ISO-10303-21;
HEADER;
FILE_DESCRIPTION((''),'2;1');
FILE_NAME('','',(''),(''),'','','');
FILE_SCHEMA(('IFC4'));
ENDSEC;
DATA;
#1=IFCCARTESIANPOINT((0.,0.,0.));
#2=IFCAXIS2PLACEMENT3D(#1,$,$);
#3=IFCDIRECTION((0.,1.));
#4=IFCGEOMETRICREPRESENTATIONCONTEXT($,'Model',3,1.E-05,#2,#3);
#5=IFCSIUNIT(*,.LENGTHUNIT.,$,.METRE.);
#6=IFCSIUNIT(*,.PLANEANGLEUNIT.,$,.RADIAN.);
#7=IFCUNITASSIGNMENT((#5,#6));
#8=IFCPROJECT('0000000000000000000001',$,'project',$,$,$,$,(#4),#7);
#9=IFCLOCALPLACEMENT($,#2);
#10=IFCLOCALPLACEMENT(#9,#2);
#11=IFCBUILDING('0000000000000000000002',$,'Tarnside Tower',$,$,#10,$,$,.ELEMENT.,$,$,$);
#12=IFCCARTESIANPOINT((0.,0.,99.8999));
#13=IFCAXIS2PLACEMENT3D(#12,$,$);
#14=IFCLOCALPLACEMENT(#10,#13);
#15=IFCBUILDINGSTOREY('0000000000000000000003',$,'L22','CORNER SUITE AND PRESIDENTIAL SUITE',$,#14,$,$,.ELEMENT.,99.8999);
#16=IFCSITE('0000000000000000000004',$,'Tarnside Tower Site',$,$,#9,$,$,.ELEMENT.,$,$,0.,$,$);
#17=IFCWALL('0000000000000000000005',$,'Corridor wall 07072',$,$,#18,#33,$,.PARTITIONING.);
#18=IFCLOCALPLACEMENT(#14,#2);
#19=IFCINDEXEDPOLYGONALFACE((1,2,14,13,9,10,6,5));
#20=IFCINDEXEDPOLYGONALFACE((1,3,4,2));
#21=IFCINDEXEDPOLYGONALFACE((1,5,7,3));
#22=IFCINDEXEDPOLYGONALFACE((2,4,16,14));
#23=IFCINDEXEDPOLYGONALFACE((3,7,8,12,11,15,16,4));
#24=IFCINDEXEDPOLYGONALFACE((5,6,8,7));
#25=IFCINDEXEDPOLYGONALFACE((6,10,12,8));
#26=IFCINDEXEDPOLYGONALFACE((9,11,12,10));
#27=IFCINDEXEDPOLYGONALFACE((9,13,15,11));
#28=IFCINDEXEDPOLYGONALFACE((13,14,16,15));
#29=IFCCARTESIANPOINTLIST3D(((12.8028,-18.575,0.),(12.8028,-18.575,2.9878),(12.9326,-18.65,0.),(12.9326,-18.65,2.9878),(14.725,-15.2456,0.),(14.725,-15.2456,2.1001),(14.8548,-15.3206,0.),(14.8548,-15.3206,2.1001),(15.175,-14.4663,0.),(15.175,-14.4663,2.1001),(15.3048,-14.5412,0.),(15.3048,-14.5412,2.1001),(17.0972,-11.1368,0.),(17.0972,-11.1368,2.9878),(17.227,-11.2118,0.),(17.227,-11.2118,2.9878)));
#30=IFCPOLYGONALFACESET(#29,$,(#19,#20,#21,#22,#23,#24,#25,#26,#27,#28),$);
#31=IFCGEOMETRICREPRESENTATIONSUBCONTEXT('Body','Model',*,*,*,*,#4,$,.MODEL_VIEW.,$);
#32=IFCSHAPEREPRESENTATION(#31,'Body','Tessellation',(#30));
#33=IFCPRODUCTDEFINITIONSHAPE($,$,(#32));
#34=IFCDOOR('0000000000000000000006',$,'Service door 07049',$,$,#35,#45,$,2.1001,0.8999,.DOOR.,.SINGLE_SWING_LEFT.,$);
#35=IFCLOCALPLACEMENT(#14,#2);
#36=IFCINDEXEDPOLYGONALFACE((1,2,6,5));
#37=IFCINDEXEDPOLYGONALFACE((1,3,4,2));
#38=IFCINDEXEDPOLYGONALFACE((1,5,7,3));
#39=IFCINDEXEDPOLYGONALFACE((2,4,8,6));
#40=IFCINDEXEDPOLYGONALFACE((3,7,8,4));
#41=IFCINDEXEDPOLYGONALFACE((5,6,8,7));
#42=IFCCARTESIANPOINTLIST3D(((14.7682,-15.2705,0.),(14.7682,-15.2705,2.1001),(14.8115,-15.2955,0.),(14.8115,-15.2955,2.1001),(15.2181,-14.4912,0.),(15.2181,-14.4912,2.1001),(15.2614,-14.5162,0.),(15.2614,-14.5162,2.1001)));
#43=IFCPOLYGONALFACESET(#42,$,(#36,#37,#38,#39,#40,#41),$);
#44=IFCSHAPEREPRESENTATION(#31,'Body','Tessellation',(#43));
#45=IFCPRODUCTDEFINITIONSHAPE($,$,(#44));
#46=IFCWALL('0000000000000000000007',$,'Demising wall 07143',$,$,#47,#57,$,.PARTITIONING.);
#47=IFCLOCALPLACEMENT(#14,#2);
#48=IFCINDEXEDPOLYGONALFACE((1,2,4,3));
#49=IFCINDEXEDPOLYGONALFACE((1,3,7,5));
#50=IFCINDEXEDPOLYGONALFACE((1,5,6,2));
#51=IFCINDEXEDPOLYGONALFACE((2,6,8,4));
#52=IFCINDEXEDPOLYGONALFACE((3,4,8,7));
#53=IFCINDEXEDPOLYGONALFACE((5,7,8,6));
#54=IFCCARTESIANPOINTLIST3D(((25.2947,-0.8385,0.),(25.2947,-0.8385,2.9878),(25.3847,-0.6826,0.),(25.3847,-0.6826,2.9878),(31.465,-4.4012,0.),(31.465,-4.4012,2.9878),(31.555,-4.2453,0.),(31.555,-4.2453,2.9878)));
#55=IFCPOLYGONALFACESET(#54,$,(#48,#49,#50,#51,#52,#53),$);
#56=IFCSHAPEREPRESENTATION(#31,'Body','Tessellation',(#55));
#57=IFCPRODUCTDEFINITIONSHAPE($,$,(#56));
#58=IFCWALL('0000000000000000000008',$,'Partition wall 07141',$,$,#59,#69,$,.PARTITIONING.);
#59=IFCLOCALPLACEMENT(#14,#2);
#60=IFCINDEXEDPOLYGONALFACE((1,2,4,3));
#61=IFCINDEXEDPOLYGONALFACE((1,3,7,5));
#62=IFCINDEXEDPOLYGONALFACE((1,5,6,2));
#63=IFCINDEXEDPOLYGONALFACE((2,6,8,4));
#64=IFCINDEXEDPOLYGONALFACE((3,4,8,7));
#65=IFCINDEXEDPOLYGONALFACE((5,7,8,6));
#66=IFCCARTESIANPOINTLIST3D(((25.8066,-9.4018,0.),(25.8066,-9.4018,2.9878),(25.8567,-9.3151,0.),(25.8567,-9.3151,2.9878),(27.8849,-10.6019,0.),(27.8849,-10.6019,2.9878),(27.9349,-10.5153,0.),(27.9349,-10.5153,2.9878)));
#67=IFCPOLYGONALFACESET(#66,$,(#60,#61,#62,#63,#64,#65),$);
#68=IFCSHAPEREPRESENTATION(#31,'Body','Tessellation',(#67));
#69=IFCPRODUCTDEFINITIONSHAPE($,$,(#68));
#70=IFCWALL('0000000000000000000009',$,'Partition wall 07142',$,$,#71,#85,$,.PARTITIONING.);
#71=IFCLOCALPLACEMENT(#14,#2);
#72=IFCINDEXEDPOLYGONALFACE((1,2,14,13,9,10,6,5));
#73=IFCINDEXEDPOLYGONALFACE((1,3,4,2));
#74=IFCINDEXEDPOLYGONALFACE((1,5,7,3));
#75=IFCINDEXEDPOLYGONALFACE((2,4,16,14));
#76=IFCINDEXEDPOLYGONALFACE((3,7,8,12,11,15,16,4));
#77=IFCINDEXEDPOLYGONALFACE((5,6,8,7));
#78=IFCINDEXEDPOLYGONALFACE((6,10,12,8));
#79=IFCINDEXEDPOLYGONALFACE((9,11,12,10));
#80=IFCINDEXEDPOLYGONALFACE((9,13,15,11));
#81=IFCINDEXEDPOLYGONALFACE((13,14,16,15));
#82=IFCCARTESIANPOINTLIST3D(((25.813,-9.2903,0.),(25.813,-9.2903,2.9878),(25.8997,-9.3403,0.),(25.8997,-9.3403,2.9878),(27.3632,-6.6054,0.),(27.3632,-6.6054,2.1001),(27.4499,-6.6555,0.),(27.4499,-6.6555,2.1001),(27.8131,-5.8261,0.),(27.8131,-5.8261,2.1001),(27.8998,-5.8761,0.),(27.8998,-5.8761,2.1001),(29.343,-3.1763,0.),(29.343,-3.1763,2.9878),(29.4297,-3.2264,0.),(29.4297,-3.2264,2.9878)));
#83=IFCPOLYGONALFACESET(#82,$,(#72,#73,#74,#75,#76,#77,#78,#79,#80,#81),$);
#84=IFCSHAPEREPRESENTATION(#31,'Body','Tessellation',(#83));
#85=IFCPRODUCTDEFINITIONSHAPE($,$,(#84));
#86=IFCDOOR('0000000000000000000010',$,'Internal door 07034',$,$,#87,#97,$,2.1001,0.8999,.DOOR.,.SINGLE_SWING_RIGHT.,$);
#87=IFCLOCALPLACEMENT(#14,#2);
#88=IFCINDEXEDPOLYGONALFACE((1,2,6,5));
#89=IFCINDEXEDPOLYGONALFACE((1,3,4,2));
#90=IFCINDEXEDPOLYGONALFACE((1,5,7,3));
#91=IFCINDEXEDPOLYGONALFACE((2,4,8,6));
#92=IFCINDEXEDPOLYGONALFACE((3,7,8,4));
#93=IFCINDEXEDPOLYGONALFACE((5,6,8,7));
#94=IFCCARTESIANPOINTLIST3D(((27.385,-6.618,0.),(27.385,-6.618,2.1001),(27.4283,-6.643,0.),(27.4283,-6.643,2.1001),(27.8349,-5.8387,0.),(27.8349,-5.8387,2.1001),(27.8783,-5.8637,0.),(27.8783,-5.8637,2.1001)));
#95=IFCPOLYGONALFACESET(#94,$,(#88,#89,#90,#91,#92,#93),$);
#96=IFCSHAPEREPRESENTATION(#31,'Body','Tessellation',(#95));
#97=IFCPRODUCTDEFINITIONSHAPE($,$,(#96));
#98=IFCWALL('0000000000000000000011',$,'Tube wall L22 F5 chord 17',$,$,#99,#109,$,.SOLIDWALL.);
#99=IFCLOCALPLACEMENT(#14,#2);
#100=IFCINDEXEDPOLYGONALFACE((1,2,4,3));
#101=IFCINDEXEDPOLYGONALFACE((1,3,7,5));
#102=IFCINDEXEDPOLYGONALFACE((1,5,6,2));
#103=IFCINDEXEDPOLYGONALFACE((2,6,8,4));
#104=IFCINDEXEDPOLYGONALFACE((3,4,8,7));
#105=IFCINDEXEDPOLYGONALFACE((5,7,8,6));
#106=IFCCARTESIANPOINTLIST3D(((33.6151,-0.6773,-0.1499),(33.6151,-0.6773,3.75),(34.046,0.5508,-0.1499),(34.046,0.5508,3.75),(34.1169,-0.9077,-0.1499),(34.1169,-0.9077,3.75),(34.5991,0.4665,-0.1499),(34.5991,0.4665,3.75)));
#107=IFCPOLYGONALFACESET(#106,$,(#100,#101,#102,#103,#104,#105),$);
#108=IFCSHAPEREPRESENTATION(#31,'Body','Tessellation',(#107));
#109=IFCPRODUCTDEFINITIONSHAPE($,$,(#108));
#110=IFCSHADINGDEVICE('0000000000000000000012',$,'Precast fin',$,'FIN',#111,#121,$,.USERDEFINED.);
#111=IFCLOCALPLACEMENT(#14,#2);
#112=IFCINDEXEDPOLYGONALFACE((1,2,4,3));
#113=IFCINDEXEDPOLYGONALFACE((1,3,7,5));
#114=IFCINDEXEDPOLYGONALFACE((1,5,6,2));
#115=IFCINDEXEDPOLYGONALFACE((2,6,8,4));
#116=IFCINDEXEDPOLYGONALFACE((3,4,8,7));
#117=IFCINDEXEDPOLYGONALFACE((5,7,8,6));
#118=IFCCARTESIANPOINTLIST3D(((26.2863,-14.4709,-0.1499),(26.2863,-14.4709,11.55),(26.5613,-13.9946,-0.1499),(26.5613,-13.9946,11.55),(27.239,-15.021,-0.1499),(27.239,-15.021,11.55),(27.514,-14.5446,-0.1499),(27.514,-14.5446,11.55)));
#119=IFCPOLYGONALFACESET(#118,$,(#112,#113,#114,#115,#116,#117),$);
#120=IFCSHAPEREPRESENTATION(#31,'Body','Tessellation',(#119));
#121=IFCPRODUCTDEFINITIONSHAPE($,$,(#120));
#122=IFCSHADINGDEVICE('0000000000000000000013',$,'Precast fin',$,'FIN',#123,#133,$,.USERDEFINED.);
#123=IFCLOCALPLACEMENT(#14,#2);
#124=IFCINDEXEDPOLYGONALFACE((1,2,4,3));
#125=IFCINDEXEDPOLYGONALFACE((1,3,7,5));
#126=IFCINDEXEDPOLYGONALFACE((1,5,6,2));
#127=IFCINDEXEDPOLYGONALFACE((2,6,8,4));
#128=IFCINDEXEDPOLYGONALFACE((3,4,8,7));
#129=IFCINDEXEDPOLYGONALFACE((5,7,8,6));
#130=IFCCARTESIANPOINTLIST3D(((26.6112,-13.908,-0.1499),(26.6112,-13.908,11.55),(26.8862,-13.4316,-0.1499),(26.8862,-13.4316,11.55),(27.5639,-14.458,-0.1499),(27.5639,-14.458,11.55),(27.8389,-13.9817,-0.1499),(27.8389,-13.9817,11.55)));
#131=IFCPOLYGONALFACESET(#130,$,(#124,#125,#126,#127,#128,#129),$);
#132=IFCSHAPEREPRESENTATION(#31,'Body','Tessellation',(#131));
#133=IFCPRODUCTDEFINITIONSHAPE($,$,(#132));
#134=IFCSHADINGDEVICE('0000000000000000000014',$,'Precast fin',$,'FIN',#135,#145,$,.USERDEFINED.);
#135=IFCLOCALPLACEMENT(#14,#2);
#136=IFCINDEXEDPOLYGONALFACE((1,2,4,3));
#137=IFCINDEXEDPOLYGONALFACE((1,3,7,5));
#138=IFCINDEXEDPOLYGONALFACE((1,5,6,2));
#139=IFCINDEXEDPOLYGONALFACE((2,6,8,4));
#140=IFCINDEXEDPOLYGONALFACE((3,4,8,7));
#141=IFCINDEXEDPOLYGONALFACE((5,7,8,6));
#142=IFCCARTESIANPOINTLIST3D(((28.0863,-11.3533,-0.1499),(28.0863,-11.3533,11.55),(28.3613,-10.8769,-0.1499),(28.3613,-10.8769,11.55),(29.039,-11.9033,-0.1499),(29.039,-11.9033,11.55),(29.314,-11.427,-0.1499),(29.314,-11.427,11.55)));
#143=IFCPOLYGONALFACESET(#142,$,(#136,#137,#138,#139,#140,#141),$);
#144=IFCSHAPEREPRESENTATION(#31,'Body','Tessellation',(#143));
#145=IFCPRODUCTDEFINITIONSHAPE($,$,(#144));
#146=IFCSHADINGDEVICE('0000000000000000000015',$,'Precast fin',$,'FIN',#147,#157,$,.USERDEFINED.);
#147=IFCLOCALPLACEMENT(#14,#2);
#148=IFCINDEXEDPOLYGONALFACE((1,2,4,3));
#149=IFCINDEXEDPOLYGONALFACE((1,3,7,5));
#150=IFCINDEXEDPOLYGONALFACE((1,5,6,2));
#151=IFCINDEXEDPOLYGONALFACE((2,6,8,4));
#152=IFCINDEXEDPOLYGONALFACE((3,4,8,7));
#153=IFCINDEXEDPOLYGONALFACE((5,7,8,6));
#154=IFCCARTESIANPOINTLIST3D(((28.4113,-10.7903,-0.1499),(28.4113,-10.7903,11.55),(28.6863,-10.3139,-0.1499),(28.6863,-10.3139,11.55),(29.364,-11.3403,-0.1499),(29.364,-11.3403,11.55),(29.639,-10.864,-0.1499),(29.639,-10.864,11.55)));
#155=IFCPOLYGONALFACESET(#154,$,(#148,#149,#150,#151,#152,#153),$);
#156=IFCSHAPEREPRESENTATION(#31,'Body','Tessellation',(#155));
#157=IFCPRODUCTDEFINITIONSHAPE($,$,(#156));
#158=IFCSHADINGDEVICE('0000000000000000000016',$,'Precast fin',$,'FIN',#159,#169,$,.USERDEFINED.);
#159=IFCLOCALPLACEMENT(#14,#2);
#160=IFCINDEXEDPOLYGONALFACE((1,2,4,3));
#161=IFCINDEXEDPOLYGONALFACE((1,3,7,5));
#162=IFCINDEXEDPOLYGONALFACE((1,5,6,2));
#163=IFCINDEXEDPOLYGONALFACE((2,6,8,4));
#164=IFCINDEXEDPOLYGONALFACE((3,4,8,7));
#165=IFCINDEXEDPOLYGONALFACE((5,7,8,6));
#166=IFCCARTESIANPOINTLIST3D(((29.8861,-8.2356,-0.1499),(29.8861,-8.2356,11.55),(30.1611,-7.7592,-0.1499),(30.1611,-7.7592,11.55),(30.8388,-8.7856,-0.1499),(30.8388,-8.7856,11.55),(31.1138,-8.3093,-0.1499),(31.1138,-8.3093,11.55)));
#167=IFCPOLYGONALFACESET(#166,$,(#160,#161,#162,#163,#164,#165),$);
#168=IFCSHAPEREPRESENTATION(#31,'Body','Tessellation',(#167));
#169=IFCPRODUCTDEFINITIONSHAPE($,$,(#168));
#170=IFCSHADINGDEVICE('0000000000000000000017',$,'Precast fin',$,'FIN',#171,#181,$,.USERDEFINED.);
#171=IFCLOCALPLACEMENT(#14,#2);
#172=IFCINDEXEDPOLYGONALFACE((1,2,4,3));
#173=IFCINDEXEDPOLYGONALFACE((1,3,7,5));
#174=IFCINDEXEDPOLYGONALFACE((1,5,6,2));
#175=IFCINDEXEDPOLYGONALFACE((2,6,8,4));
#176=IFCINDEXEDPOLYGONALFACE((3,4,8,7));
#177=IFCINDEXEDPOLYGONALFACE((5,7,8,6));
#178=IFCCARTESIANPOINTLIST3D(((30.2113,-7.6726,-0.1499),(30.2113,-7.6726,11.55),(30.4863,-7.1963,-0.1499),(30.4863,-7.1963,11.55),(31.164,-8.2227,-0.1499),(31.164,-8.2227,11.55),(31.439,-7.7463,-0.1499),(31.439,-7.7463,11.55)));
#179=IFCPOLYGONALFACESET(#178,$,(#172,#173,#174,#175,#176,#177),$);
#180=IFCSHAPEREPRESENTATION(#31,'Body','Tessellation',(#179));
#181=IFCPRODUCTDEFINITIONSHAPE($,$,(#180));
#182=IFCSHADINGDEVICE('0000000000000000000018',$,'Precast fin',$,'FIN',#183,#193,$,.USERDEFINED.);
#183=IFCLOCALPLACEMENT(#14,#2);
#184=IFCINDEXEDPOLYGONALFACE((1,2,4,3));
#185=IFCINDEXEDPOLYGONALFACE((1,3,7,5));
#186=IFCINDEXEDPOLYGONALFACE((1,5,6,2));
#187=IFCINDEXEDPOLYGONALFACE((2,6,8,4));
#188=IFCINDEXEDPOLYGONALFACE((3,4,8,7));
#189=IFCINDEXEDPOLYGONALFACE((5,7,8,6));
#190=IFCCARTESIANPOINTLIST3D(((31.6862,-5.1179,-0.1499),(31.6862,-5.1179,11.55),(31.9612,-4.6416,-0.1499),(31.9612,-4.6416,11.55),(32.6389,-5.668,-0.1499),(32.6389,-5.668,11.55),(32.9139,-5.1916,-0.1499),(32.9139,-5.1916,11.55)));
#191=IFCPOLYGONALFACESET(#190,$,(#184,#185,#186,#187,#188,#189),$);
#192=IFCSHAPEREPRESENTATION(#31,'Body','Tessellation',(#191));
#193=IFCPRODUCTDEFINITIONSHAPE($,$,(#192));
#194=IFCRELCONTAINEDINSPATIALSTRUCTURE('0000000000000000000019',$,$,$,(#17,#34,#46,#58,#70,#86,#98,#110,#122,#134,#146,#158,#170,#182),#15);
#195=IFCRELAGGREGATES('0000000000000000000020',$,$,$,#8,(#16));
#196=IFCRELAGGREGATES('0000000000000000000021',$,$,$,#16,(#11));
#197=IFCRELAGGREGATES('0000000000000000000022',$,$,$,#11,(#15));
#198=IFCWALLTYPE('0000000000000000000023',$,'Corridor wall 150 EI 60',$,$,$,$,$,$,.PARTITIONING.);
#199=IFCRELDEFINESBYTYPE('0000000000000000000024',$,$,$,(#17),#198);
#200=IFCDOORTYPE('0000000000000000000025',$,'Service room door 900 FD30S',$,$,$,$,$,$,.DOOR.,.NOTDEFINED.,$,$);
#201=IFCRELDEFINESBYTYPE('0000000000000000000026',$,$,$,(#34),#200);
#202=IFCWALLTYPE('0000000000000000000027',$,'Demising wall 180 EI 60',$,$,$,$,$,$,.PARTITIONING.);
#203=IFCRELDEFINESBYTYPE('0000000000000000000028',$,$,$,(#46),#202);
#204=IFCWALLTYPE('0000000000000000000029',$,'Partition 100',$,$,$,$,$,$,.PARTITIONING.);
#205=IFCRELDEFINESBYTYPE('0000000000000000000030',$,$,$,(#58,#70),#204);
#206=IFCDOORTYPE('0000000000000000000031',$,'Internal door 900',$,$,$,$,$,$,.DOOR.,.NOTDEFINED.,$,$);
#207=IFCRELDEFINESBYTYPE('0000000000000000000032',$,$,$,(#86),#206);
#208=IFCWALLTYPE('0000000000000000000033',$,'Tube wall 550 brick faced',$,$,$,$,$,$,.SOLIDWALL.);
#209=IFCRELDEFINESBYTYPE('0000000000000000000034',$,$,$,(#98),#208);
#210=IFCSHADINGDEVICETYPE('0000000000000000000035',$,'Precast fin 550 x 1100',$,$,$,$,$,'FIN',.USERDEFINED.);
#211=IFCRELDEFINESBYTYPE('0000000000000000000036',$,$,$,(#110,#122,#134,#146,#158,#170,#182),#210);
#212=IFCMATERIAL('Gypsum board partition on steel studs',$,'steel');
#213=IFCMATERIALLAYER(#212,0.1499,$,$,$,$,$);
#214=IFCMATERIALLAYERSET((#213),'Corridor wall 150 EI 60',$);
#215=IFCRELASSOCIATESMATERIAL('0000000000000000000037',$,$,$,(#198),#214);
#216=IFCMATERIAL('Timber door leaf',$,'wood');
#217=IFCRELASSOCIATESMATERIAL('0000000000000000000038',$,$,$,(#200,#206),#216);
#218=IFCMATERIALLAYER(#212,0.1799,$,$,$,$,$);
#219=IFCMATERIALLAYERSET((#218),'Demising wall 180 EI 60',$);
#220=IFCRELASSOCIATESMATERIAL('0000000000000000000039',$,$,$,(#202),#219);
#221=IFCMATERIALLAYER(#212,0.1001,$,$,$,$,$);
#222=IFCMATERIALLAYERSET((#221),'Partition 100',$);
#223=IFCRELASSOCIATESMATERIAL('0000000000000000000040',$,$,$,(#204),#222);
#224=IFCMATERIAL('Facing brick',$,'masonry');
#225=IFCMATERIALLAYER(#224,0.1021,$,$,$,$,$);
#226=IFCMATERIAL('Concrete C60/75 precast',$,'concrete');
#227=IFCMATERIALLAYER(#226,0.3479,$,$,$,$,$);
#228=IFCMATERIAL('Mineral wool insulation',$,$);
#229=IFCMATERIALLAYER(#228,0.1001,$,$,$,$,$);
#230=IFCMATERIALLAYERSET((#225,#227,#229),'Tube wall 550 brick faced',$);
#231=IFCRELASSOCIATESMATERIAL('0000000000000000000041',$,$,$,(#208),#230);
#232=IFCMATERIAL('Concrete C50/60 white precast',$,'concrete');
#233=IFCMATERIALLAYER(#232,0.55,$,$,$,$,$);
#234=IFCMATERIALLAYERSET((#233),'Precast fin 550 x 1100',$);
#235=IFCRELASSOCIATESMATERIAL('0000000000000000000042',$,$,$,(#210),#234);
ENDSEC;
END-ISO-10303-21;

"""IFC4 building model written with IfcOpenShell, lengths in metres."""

from ifc_helpers import new_model, si_unit, direction, frame, frame_2d, origin, place, context, subcontext, project, spatial, polyline, rectangle, outline, extrude, material, layer, layer_set, type_object, element, fill, save


model = new_model("IFC4")

# Units and contexts
model_context = context("Model", 3, precision=1e-05, world=origin(), true_north=direction((0.0, 1.0)))
body_context = subcontext(model_context, "Body", "Model", "MODEL_VIEW")
ifc_project = project(units=[si_unit("LENGTHUNIT", "METRE"), si_unit("PLANEANGLEUNIT", "RADIAN")], contexts=[model_context])

# Site, building, storey
site_placement = place(None, origin())
site = spatial("IfcSite", under=ifc_project, at=site_placement, Name="Tarnside Tower Site", CompositionType="ELEMENT", RefElevation=0.0)
building_placement = place(site_placement, origin())
building = spatial("IfcBuilding", under=site, at=building_placement, Name="Tarnside Tower", CompositionType="ELEMENT")
storey_placement = place(building_placement, frame((0.0, 0.0, 99.8999)))
storey = spatial("IfcBuildingStorey", under=building, at=storey_placement, Name="L22", Description="CORNER SUITE AND PRESIDENTIAL SUITE", CompositionType="ELEMENT", Elevation=99.8999)

# Shared definitions
ifc_material_1 = material(Name="Gypsum board partition on steel studs", Category="steel")
ifc_material_2 = material(Name="Timber door leaf", Category="wood")

# Shared definitions
ifc_layer_1 = layer(ifc_material_1, 0.1499)
ifc_layer_set_1 = layer_set([ifc_layer_1], Name="Corridor wall 150 EI 60")
wall_type_1 = type_object("IfcWallType", Name="Corridor wall 150 EI 60", PredefinedType="PARTITIONING", material=ifc_layer_set_1)

# Wall, opening, door
wall_1_placement = place(storey_placement, frame((17.1621, -11.1743, 0.0), z_axis=(0.0, 0.0, 1.0), x_axis=(-0.499997, -0.866027, 0.0)))
wall_1 = element("IfcWall", 1, at=wall_1_placement, inside=storey, type_object=wall_type_1, Name="Corridor wall 07072", PredefinedType="PARTITIONING", context=body_context, shape_type="SweptSolid", body=[
    extrude(rectangle(XDim=8.5889, YDim=0.1499, at=frame_2d((4.2944, 0.0))), origin(), (0.0, 0.0, 1.0), 2.9878),
])
opening_1_placement = place(wall_1_placement, frame((3.8445, 0.0, 0.0)))
opening_1 = element("IfcOpeningElement", 2, at=opening_1_placement, cuts=wall_1, PredefinedType="OPENING", context=body_context, shape_type="SweptSolid", body=[
    extrude(rectangle(XDim=0.8999, YDim=2.1001, at=frame_2d((0.45, 1.05))), frame((0.0, 0.085, 0.0), z_axis=(0.0, -1.0, 0.0), x_axis=(1.0, 0.0, 0.0)), (0.0, 0.0, 1.0), 0.1699),
])
door_type_1 = type_object("IfcDoorType", Name="Service room door 900 FD30S", OperationType="NOTDEFINED", PredefinedType="DOOR", material=ifc_material_2)
door_1_placement = place(opening_1_placement, origin())
door_1 = element("IfcDoor", 3, at=door_1_placement, inside=storey, type_object=door_type_1, Name="Service door 07049", OperationType="SINGLE_SWING_LEFT", OverallHeight=2.1001, OverallWidth=0.8999, PredefinedType="DOOR", context=body_context, shape_type="SweptSolid", body=[
    extrude(rectangle(XDim=0.8999, YDim=2.1001, at=frame_2d((0.45, 1.05))), frame((0.0, 0.0249, 0.0), z_axis=(0.0, -1.0, 0.0), x_axis=(1.0, 0.0, 0.0)), (0.0, 0.0, 1.0), 0.05),
])
fill(opening_1, door_1)

# Walls
ifc_layer_2 = layer(ifc_material_1, 0.1799)
ifc_layer_set_2 = layer_set([ifc_layer_2], Name="Demising wall 180 EI 60")
wall_type_2 = type_object("IfcWallType", Name="Demising wall 180 EI 60", PredefinedType="PARTITIONING", material=ifc_layer_set_2)
wall_2_placement = place(storey_placement, frame((31.51, -4.3232, 0.0), z_axis=(0.0, 0.0, 1.0), x_axis=(-0.86601, 0.500027, 0.0)))
element("IfcWall", 4, at=wall_2_placement, inside=storey, type_object=wall_type_2, Name="Demising wall 07143", PredefinedType="PARTITIONING", context=body_context, shape_type="SweptSolid", body=[
    extrude(rectangle(XDim=7.125, YDim=0.1799, at=frame_2d((3.5625, 0.0))), origin(), (0.0, 0.0, 1.0), 2.9878),
])
ifc_layer_3 = layer(ifc_material_1, 0.1001)
ifc_layer_set_3 = layer_set([ifc_layer_3], Name="Partition 100")
wall_type_3 = type_object("IfcWallType", Name="Partition 100", PredefinedType="PARTITIONING", material=ifc_layer_set_3)
wall_3_placement = place(storey_placement, frame((27.9099, -10.5586, 0.0), z_axis=(0.0, 0.0, 1.0), x_axis=(-0.865981, 0.500078, 0.0)))
element("IfcWall", 5, at=wall_3_placement, inside=storey, type_object=wall_type_3, Name="Partition wall 07141", PredefinedType="PARTITIONING", context=body_context, shape_type="SweptSolid", body=[
    extrude(rectangle(XDim=2.3999, YDim=0.1001, at=frame_2d((1.2, 0.0))), origin(), (0.0, 0.0, 1.0), 2.9878),
])

# Wall, opening, door
wall_4_placement = place(storey_placement, frame((25.8564, -9.3152, 0.0), z_axis=(0.0, 0.0, 1.0), x_axis=(0.500011, 0.866019, 0.0)))
wall_4 = element("IfcWall", 6, at=wall_4_placement, inside=storey, type_object=wall_type_3, Name="Partition wall 07142", PredefinedType="PARTITIONING", context=body_context, shape_type="SweptSolid", body=[
    extrude(rectangle(XDim=7.0598, YDim=0.1001, at=frame_2d((3.5298, 0.0))), origin(), (0.0, 0.0, 1.0), 2.9878),
])
opening_2_placement = place(wall_4_placement, frame((3.1001, 0.0, 0.0)))
opening_2 = element("IfcOpeningElement", 7, at=opening_2_placement, cuts=wall_4, PredefinedType="OPENING", context=body_context, shape_type="SweptSolid", body=[
    extrude(rectangle(XDim=0.8999, YDim=2.1001, at=frame_2d((0.45, 1.05))), frame((0.0, 0.0601, 0.0), z_axis=(0.0, -1.0, 0.0), x_axis=(1.0, 0.0, 0.0)), (0.0, 0.0, 1.0), 0.1201),
])
door_type_2 = type_object("IfcDoorType", Name="Internal door 900", OperationType="NOTDEFINED", PredefinedType="DOOR", material=ifc_material_2)
door_2_placement = place(opening_2_placement, origin())
door_2 = element("IfcDoor", 8, at=door_2_placement, inside=storey, type_object=door_type_2, Name="Internal door 07034", OperationType="SINGLE_SWING_RIGHT", OverallHeight=2.1001, OverallWidth=0.8999, PredefinedType="DOOR", context=body_context, shape_type="SweptSolid", body=[
    extrude(rectangle(XDim=0.8999, YDim=2.1001, at=frame_2d((0.45, 1.05))), frame((0.0, 0.0249, 0.0), z_axis=(0.0, -1.0, 0.0), x_axis=(1.0, 0.0, 0.0)), (0.0, 0.0, 1.0), 0.05),
])
fill(opening_2, door_2)

# Wall
ifc_material_3 = material(Name="Facing brick", Category="masonry")
ifc_layer_4 = layer(ifc_material_3, 0.1021)
ifc_material_4 = material(Name="Concrete C60/75 precast", Category="concrete")
ifc_layer_5 = layer(ifc_material_4, 0.3479)
ifc_material_5 = material(Name="Mineral wool insulation")
ifc_layer_6 = layer(ifc_material_5, 0.1001)
ifc_layer_set_4 = layer_set([ifc_layer_4, ifc_layer_5, ifc_layer_6], Name="Tube wall 550 brick faced")
wall_type_4 = type_object("IfcWallType", Name="Tube wall 550 brick faced", PredefinedType="SOLIDWALL", material=ifc_layer_set_4)
wall_5_placement = place(storey_placement, frame((33.866, -0.7925, -0.1499), z_axis=(0.0, 0.0, 1.0), x_axis=(0.331115, 0.94359, 0.0)))
element("IfcWall", 9, at=wall_5_placement, inside=storey, type_object=wall_type_4, Name="Tube wall L22 F5 chord 17", PredefinedType="SOLIDWALL", context=body_context, shape_type="SweptSolid", body=[
    extrude(outline(polyline([(-0.0256, -0.2749), (1.4307, -0.2749), (1.3271, 0.2749), (0.0256, 0.2749), (-0.0256, -0.2749)])), origin(), (0.0, 0.0, 1.0), 3.8999),
])

# Shading devices
ifc_material_6 = material(Name="Concrete C50/60 white precast", Category="concrete")
ifc_layer_7 = layer(ifc_material_6, 0.55)
ifc_layer_set_5 = layer_set([ifc_layer_7], Name="Precast fin 550 x 1100")
shading_device_type_1 = type_object("IfcShadingDeviceType", Name="Precast fin 550 x 1100", ElementType="FIN", PredefinedType="USERDEFINED", material=ifc_layer_set_5)
for number, where, z_axis, x_axis, name in (
    (10, (26.4238, -14.2327, -0.1499), (-0.5, -0.866025, 0.0), (0.866025, -0.5, 0.0), "Precast fin"),
    (11, (26.7488, -13.6697, -0.1499), (-0.5, -0.866025, 0.0), (0.866025, -0.5, 0.0), "Precast fin"),
    (12, (28.2239, -11.115, -0.1499), (-0.5, -0.866025, 0.0), (0.866025, -0.5, 0.0), "Precast fin"),
    (13, (28.5488, -10.552, -0.1499), (-0.5, -0.866025, 0.0), (0.866025, -0.5, 0.0), "Precast fin"),
    (14, (30.0237, -7.9973, -0.1499), (-0.5, -0.866025, 0.0), (0.866025, -0.5, 0.0), "Precast fin"),
    (15, (30.3489, -7.4343, -0.1499), (-0.5, -0.866025, 0.0), (0.866025, -0.5, 0.0), "Precast fin"),
    (16, (31.8237, -4.8796, -0.1499), (-0.5, -0.866025, 0.0), (0.866025, -0.5, 0.0), "Precast fin"),
):
    element("IfcShadingDevice", number, at=place(storey_placement, frame(where, z_axis=z_axis, x_axis=x_axis)), inside=storey, type_object=shading_device_type_1, Name=name, ObjectType="FIN", PredefinedType="USERDEFINED", context=body_context, shape_type="SweptSolid", body=[
        extrude(outline(polyline([(0.0, 0.0), (1.1001, 0.0), (1.1001, 11.7), (0.0, 11.7), (0.0, 0.0)])), frame((0.0, 0.0, -0.2749)), (0.0, 0.0, 1.0), 0.55),
    ])

save(model, "model.ifc")
